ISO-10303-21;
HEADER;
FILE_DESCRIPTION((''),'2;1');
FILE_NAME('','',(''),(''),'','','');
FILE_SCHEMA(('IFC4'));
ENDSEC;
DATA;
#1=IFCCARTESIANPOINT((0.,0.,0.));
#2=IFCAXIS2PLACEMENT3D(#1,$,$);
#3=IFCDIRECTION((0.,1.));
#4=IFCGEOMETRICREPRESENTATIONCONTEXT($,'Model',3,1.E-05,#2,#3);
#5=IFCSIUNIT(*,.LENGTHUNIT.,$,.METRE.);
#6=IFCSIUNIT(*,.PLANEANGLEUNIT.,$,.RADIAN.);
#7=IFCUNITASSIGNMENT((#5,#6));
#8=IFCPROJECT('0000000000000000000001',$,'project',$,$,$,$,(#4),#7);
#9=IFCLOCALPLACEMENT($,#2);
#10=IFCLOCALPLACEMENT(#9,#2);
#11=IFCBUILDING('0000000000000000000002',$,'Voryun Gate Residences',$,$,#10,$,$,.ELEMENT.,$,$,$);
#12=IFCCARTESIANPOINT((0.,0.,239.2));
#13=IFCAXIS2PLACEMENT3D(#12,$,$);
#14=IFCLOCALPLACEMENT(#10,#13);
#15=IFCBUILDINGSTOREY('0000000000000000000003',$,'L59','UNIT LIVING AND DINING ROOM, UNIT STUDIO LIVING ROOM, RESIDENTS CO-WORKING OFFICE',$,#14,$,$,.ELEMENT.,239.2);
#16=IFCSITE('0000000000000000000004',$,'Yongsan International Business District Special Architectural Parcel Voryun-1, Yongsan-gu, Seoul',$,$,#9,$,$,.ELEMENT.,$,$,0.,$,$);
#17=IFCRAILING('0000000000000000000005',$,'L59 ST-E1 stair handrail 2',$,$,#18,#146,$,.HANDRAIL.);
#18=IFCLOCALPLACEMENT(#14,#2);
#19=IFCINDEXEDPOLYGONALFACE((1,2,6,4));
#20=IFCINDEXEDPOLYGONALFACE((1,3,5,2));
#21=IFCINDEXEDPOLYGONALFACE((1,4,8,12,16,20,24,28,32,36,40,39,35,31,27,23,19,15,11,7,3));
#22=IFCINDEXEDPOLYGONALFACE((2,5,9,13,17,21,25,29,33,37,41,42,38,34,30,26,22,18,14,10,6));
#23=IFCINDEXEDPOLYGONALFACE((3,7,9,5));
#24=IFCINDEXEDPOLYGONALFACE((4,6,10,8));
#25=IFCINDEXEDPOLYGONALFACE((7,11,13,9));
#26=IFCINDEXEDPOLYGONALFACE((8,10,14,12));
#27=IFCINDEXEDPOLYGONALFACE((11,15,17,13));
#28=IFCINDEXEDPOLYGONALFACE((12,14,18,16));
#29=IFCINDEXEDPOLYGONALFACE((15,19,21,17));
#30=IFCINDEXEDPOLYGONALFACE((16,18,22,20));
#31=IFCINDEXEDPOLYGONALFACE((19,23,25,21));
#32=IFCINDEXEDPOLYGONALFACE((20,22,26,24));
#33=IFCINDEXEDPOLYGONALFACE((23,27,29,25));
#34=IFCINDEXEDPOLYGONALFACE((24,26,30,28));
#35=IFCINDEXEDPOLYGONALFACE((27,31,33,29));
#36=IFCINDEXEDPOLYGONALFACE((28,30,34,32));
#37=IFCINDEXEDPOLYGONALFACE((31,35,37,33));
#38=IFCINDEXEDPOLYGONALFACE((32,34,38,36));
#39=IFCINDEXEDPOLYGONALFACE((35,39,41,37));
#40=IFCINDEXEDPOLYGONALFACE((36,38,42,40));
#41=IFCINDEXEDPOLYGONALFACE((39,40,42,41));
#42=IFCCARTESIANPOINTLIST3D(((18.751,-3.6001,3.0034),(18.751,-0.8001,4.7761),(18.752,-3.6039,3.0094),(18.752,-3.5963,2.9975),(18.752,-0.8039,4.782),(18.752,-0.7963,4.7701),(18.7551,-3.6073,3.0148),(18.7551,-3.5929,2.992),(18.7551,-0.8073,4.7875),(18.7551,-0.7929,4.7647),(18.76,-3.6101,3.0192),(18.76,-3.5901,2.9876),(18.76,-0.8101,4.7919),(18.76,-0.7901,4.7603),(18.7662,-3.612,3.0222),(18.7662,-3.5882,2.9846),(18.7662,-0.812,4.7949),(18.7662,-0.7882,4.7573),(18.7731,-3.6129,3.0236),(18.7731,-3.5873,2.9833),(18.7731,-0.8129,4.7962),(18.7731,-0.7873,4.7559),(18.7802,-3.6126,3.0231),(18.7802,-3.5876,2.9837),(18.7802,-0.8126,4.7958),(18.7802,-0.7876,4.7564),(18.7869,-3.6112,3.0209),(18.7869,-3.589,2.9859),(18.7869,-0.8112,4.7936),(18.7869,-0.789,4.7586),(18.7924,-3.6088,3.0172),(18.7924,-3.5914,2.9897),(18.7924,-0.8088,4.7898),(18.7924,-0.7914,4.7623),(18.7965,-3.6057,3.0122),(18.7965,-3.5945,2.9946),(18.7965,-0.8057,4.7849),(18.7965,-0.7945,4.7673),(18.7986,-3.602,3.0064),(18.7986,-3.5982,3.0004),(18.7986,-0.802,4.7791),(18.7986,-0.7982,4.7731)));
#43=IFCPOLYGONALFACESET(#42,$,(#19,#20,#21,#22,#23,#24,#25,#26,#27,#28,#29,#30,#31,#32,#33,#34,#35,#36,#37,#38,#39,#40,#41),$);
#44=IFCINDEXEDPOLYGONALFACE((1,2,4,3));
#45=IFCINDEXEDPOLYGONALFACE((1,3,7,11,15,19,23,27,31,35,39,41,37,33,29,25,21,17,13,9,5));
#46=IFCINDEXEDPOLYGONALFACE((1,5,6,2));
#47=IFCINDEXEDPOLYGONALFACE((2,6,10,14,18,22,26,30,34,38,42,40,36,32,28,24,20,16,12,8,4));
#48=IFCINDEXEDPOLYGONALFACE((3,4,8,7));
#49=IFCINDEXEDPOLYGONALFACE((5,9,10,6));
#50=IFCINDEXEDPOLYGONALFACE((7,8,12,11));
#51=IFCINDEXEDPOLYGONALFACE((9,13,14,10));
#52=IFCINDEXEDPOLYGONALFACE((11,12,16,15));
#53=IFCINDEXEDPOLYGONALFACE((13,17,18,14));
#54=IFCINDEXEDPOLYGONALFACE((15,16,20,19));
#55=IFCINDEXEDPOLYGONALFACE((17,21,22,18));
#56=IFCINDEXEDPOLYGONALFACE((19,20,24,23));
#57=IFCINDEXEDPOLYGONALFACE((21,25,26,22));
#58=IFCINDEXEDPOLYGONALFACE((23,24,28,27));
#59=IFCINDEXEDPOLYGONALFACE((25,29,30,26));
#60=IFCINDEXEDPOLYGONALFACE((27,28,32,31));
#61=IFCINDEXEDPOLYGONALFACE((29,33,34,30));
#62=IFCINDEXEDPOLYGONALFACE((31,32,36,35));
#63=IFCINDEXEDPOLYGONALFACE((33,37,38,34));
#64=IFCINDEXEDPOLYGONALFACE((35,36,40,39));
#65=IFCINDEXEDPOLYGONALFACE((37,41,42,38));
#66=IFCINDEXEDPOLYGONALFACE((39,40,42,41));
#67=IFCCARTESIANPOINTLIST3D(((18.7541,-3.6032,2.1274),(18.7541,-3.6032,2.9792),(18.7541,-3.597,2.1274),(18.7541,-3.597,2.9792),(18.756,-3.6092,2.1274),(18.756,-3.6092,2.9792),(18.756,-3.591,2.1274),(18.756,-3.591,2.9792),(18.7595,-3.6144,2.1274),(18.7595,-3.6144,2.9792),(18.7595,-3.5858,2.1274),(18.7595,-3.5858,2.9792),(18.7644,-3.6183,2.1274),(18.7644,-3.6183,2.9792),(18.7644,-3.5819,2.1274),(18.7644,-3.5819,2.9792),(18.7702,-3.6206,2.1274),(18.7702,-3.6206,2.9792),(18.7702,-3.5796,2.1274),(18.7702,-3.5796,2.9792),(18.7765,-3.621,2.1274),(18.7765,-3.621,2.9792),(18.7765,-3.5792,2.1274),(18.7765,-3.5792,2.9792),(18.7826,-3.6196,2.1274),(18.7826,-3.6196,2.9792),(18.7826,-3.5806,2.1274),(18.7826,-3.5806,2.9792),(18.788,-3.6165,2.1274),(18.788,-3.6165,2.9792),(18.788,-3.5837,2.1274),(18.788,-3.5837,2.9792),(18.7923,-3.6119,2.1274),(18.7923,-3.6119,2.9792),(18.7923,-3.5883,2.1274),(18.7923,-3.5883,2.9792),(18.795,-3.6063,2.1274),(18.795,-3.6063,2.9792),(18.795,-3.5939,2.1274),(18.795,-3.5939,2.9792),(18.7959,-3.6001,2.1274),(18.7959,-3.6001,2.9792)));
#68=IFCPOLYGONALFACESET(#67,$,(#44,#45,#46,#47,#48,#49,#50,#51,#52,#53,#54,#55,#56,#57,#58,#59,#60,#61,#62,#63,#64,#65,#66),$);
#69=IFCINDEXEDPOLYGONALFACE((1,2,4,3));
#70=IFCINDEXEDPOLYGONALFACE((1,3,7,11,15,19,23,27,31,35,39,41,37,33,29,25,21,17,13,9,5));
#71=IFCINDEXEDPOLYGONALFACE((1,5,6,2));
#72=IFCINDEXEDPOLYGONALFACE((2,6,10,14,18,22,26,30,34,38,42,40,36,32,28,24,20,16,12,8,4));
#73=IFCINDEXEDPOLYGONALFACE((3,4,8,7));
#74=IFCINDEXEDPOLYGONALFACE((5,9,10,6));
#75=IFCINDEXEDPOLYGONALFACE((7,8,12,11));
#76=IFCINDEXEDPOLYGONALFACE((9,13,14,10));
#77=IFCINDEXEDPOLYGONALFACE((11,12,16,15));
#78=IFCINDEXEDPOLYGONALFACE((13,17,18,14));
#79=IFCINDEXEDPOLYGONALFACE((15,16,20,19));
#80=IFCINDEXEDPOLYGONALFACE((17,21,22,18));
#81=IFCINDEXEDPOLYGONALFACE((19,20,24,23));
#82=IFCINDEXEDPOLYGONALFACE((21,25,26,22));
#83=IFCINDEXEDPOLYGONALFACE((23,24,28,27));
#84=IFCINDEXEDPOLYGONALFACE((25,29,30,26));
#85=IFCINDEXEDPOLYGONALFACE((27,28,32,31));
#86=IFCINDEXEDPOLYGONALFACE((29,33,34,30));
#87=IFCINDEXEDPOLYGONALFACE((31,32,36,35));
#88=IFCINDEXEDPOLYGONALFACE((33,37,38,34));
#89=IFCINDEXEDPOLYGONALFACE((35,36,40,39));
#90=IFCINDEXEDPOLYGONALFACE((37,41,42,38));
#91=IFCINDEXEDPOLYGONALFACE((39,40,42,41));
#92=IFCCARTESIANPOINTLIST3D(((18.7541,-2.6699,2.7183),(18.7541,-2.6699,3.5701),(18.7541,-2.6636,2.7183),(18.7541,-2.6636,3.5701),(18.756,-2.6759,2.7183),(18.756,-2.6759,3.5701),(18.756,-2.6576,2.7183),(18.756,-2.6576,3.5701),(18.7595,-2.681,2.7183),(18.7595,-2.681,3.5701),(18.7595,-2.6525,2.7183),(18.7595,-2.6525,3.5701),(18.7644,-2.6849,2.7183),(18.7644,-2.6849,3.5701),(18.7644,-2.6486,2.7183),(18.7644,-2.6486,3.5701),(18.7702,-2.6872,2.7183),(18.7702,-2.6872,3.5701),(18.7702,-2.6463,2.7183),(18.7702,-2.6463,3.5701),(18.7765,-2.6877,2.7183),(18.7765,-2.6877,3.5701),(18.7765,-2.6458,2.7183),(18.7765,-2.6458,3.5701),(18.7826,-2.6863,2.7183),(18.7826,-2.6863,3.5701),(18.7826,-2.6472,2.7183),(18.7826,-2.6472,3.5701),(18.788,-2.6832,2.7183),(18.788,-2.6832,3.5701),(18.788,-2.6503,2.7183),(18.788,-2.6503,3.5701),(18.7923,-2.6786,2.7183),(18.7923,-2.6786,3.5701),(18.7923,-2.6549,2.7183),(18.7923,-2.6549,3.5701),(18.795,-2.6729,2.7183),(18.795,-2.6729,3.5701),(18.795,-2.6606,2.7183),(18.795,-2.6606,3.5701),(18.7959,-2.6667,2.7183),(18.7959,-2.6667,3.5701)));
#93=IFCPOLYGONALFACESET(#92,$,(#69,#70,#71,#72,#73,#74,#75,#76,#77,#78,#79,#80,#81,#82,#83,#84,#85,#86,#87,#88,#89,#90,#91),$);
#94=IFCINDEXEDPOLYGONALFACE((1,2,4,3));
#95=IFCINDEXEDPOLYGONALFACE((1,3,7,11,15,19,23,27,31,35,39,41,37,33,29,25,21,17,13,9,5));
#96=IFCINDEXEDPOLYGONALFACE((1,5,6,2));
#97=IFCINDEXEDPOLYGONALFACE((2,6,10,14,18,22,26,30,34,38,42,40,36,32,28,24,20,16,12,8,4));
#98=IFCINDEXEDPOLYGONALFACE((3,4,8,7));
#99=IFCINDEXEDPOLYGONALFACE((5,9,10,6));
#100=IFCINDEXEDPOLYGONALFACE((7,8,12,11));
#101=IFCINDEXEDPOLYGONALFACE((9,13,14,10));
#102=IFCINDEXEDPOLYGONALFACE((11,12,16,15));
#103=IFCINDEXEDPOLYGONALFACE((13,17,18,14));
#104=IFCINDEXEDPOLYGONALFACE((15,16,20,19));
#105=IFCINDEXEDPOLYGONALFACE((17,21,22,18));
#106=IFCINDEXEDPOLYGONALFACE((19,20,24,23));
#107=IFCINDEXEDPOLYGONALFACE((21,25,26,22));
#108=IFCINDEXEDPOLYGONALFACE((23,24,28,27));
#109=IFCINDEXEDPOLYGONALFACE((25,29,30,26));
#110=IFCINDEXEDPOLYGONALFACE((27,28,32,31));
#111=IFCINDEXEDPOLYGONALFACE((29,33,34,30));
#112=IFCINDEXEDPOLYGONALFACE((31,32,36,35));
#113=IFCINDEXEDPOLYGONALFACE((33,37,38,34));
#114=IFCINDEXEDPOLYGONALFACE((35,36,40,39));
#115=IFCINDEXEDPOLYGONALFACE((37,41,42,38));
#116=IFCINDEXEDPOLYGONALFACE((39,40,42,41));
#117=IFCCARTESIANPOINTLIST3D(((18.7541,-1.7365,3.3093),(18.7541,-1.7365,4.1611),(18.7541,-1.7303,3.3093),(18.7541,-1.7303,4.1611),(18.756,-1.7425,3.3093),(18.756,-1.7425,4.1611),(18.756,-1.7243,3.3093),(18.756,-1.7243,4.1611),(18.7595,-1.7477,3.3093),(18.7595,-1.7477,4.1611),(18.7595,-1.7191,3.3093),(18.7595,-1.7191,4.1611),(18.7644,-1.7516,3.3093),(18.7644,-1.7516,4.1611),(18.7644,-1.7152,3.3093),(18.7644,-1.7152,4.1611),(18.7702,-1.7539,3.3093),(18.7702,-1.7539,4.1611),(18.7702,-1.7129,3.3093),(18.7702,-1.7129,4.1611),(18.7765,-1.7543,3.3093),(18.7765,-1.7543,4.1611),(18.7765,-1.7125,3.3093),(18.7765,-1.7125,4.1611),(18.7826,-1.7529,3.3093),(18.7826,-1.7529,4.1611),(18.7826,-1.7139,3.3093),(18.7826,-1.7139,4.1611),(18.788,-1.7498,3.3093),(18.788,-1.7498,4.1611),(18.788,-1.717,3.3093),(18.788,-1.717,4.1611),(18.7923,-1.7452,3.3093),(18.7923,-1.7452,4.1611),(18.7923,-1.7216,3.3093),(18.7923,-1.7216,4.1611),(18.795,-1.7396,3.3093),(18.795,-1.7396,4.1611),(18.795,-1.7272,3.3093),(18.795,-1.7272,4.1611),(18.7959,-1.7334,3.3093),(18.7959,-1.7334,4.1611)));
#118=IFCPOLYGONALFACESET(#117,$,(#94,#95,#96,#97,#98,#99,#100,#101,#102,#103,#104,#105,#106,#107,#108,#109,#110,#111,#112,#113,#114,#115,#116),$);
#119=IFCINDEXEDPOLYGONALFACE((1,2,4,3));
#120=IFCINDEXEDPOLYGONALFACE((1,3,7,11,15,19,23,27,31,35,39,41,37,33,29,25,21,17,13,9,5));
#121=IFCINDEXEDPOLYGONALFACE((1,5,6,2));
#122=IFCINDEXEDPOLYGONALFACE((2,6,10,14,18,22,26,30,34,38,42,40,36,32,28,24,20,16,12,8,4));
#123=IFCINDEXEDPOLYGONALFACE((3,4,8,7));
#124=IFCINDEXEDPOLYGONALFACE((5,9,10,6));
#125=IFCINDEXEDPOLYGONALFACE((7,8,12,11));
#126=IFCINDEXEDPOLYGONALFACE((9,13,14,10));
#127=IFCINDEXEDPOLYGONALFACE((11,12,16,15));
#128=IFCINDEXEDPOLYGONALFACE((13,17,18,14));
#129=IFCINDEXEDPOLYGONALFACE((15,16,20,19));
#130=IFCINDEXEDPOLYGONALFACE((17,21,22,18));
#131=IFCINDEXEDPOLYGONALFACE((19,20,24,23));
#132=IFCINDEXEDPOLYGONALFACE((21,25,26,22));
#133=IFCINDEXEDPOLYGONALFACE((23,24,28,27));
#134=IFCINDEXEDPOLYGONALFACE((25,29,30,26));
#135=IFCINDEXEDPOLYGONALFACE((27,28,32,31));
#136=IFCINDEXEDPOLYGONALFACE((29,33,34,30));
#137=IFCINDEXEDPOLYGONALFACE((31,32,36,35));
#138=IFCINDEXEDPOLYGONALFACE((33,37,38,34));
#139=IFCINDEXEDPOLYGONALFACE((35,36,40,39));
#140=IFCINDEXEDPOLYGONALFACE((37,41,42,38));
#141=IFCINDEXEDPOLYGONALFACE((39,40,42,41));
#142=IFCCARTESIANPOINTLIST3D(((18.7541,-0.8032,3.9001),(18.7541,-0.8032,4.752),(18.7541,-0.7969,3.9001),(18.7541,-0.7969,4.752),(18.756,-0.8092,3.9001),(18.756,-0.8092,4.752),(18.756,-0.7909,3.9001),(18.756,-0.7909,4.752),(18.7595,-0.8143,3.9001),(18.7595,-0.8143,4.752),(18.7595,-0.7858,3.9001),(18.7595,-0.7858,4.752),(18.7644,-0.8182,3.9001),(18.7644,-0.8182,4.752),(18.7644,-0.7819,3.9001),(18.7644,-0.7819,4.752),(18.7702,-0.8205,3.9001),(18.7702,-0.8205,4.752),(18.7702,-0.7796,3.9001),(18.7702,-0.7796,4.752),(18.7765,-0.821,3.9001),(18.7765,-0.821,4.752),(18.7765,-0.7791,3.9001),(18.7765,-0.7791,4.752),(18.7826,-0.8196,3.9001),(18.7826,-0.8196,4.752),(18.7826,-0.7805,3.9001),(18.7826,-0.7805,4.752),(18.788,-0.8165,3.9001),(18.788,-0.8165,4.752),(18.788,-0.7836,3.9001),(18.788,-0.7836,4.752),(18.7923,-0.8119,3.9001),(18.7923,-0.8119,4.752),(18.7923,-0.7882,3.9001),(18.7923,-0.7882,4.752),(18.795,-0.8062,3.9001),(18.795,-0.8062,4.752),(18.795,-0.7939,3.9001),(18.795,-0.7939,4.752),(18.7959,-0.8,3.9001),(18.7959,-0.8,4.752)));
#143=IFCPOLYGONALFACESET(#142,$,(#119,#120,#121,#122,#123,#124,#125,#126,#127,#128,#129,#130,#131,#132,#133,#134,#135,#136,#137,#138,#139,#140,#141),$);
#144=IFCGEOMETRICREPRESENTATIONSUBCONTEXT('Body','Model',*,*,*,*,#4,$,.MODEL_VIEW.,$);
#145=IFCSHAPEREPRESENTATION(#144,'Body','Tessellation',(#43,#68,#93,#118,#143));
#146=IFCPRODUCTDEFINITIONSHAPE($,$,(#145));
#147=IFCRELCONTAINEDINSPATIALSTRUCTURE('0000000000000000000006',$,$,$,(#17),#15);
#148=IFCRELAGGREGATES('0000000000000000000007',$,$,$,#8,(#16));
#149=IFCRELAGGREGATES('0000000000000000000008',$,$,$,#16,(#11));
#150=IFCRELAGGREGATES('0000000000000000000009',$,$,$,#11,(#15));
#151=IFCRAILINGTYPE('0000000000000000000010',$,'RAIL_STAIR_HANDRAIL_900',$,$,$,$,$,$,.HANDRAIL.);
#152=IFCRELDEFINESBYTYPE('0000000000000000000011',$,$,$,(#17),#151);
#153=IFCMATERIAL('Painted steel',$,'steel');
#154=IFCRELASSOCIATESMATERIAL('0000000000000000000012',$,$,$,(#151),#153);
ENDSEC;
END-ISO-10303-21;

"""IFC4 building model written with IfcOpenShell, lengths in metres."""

from ifc_helpers import new_model, si_unit, direction, frame, origin, origin_2d, place, context, subcontext, project, spatial, circle, extrude, material, type_object, element, save


model = new_model("IFC4")

# Units and contexts
model_context = context("Model", 3, precision=1e-05, world=origin(), true_north=direction((0.0, 1.0)))
body_context = subcontext(model_context, "Body", "Model", "MODEL_VIEW")
ifc_project = project(units=[si_unit("LENGTHUNIT", "METRE"), si_unit("PLANEANGLEUNIT", "RADIAN")], contexts=[model_context])

# Site, building, storey
site_placement = place(None, origin())
site = spatial("IfcSite", under=ifc_project, at=site_placement, Name="Yongsan International Business District Special Architectural Parcel Voryun-1, Yongsan-gu, Seoul", CompositionType="ELEMENT", RefElevation=0.0)
building_placement = place(site_placement, origin())
building = spatial("IfcBuilding", under=site, at=building_placement, Name="Voryun Gate Residences", CompositionType="ELEMENT")
storey_placement = place(building_placement, frame((0.0, 0.0, 239.2)))
storey = spatial("IfcBuildingStorey", under=building, at=storey_placement, Name="L59", Description="UNIT LIVING AND DINING ROOM, UNIT STUDIO LIVING ROOM, RESIDENTS CO-WORKING OFFICE", CompositionType="ELEMENT", Elevation=239.2)

# Railing
ifc_material_1 = material(Name="Painted steel", Category="steel")
railing_type_1 = type_object("IfcRailingType", Name="RAIL_STAIR_HANDRAIL_900", PredefinedType="HANDRAIL", material=ifc_material_1)
railing_1_placement = place(storey_placement, frame((18.7749, -3.6001, 2.1274)))
element("IfcRailing", 1, at=railing_1_placement, inside=storey, type_object=railing_type_1, Name="L59 ST-E1 stair handrail 2", PredefinedType="HANDRAIL", context=body_context, shape_type="SweptSolid", body=[
    extrude(circle(Radius=0.0239, at=origin_2d()), frame((0.0, 0.0, 0.876), z_axis=(0.0, 0.844909, 0.53491), x_axis=(-1.0, 0.0, 0.0)), (0.0, 0.0, 1.0), 3.314),
    extrude(circle(Radius=0.021, at=origin_2d()), origin(), (0.0, 0.0, 1.0), 0.8518),
    extrude(circle(Radius=0.021, at=origin_2d()), frame((0.0, 0.9333, 0.5908)), (0.0, 0.0, 1.0), 0.8518),
    extrude(circle(Radius=0.021, at=origin_2d()), frame((0.0, 1.8667, 1.1819)), (0.0, 0.0, 1.0), 0.8518),
    extrude(circle(Radius=0.021, at=origin_2d()), frame((0.0, 2.8, 1.7727)), (0.0, 0.0, 1.0), 0.8518),
])

save(model, "model.ifc")
